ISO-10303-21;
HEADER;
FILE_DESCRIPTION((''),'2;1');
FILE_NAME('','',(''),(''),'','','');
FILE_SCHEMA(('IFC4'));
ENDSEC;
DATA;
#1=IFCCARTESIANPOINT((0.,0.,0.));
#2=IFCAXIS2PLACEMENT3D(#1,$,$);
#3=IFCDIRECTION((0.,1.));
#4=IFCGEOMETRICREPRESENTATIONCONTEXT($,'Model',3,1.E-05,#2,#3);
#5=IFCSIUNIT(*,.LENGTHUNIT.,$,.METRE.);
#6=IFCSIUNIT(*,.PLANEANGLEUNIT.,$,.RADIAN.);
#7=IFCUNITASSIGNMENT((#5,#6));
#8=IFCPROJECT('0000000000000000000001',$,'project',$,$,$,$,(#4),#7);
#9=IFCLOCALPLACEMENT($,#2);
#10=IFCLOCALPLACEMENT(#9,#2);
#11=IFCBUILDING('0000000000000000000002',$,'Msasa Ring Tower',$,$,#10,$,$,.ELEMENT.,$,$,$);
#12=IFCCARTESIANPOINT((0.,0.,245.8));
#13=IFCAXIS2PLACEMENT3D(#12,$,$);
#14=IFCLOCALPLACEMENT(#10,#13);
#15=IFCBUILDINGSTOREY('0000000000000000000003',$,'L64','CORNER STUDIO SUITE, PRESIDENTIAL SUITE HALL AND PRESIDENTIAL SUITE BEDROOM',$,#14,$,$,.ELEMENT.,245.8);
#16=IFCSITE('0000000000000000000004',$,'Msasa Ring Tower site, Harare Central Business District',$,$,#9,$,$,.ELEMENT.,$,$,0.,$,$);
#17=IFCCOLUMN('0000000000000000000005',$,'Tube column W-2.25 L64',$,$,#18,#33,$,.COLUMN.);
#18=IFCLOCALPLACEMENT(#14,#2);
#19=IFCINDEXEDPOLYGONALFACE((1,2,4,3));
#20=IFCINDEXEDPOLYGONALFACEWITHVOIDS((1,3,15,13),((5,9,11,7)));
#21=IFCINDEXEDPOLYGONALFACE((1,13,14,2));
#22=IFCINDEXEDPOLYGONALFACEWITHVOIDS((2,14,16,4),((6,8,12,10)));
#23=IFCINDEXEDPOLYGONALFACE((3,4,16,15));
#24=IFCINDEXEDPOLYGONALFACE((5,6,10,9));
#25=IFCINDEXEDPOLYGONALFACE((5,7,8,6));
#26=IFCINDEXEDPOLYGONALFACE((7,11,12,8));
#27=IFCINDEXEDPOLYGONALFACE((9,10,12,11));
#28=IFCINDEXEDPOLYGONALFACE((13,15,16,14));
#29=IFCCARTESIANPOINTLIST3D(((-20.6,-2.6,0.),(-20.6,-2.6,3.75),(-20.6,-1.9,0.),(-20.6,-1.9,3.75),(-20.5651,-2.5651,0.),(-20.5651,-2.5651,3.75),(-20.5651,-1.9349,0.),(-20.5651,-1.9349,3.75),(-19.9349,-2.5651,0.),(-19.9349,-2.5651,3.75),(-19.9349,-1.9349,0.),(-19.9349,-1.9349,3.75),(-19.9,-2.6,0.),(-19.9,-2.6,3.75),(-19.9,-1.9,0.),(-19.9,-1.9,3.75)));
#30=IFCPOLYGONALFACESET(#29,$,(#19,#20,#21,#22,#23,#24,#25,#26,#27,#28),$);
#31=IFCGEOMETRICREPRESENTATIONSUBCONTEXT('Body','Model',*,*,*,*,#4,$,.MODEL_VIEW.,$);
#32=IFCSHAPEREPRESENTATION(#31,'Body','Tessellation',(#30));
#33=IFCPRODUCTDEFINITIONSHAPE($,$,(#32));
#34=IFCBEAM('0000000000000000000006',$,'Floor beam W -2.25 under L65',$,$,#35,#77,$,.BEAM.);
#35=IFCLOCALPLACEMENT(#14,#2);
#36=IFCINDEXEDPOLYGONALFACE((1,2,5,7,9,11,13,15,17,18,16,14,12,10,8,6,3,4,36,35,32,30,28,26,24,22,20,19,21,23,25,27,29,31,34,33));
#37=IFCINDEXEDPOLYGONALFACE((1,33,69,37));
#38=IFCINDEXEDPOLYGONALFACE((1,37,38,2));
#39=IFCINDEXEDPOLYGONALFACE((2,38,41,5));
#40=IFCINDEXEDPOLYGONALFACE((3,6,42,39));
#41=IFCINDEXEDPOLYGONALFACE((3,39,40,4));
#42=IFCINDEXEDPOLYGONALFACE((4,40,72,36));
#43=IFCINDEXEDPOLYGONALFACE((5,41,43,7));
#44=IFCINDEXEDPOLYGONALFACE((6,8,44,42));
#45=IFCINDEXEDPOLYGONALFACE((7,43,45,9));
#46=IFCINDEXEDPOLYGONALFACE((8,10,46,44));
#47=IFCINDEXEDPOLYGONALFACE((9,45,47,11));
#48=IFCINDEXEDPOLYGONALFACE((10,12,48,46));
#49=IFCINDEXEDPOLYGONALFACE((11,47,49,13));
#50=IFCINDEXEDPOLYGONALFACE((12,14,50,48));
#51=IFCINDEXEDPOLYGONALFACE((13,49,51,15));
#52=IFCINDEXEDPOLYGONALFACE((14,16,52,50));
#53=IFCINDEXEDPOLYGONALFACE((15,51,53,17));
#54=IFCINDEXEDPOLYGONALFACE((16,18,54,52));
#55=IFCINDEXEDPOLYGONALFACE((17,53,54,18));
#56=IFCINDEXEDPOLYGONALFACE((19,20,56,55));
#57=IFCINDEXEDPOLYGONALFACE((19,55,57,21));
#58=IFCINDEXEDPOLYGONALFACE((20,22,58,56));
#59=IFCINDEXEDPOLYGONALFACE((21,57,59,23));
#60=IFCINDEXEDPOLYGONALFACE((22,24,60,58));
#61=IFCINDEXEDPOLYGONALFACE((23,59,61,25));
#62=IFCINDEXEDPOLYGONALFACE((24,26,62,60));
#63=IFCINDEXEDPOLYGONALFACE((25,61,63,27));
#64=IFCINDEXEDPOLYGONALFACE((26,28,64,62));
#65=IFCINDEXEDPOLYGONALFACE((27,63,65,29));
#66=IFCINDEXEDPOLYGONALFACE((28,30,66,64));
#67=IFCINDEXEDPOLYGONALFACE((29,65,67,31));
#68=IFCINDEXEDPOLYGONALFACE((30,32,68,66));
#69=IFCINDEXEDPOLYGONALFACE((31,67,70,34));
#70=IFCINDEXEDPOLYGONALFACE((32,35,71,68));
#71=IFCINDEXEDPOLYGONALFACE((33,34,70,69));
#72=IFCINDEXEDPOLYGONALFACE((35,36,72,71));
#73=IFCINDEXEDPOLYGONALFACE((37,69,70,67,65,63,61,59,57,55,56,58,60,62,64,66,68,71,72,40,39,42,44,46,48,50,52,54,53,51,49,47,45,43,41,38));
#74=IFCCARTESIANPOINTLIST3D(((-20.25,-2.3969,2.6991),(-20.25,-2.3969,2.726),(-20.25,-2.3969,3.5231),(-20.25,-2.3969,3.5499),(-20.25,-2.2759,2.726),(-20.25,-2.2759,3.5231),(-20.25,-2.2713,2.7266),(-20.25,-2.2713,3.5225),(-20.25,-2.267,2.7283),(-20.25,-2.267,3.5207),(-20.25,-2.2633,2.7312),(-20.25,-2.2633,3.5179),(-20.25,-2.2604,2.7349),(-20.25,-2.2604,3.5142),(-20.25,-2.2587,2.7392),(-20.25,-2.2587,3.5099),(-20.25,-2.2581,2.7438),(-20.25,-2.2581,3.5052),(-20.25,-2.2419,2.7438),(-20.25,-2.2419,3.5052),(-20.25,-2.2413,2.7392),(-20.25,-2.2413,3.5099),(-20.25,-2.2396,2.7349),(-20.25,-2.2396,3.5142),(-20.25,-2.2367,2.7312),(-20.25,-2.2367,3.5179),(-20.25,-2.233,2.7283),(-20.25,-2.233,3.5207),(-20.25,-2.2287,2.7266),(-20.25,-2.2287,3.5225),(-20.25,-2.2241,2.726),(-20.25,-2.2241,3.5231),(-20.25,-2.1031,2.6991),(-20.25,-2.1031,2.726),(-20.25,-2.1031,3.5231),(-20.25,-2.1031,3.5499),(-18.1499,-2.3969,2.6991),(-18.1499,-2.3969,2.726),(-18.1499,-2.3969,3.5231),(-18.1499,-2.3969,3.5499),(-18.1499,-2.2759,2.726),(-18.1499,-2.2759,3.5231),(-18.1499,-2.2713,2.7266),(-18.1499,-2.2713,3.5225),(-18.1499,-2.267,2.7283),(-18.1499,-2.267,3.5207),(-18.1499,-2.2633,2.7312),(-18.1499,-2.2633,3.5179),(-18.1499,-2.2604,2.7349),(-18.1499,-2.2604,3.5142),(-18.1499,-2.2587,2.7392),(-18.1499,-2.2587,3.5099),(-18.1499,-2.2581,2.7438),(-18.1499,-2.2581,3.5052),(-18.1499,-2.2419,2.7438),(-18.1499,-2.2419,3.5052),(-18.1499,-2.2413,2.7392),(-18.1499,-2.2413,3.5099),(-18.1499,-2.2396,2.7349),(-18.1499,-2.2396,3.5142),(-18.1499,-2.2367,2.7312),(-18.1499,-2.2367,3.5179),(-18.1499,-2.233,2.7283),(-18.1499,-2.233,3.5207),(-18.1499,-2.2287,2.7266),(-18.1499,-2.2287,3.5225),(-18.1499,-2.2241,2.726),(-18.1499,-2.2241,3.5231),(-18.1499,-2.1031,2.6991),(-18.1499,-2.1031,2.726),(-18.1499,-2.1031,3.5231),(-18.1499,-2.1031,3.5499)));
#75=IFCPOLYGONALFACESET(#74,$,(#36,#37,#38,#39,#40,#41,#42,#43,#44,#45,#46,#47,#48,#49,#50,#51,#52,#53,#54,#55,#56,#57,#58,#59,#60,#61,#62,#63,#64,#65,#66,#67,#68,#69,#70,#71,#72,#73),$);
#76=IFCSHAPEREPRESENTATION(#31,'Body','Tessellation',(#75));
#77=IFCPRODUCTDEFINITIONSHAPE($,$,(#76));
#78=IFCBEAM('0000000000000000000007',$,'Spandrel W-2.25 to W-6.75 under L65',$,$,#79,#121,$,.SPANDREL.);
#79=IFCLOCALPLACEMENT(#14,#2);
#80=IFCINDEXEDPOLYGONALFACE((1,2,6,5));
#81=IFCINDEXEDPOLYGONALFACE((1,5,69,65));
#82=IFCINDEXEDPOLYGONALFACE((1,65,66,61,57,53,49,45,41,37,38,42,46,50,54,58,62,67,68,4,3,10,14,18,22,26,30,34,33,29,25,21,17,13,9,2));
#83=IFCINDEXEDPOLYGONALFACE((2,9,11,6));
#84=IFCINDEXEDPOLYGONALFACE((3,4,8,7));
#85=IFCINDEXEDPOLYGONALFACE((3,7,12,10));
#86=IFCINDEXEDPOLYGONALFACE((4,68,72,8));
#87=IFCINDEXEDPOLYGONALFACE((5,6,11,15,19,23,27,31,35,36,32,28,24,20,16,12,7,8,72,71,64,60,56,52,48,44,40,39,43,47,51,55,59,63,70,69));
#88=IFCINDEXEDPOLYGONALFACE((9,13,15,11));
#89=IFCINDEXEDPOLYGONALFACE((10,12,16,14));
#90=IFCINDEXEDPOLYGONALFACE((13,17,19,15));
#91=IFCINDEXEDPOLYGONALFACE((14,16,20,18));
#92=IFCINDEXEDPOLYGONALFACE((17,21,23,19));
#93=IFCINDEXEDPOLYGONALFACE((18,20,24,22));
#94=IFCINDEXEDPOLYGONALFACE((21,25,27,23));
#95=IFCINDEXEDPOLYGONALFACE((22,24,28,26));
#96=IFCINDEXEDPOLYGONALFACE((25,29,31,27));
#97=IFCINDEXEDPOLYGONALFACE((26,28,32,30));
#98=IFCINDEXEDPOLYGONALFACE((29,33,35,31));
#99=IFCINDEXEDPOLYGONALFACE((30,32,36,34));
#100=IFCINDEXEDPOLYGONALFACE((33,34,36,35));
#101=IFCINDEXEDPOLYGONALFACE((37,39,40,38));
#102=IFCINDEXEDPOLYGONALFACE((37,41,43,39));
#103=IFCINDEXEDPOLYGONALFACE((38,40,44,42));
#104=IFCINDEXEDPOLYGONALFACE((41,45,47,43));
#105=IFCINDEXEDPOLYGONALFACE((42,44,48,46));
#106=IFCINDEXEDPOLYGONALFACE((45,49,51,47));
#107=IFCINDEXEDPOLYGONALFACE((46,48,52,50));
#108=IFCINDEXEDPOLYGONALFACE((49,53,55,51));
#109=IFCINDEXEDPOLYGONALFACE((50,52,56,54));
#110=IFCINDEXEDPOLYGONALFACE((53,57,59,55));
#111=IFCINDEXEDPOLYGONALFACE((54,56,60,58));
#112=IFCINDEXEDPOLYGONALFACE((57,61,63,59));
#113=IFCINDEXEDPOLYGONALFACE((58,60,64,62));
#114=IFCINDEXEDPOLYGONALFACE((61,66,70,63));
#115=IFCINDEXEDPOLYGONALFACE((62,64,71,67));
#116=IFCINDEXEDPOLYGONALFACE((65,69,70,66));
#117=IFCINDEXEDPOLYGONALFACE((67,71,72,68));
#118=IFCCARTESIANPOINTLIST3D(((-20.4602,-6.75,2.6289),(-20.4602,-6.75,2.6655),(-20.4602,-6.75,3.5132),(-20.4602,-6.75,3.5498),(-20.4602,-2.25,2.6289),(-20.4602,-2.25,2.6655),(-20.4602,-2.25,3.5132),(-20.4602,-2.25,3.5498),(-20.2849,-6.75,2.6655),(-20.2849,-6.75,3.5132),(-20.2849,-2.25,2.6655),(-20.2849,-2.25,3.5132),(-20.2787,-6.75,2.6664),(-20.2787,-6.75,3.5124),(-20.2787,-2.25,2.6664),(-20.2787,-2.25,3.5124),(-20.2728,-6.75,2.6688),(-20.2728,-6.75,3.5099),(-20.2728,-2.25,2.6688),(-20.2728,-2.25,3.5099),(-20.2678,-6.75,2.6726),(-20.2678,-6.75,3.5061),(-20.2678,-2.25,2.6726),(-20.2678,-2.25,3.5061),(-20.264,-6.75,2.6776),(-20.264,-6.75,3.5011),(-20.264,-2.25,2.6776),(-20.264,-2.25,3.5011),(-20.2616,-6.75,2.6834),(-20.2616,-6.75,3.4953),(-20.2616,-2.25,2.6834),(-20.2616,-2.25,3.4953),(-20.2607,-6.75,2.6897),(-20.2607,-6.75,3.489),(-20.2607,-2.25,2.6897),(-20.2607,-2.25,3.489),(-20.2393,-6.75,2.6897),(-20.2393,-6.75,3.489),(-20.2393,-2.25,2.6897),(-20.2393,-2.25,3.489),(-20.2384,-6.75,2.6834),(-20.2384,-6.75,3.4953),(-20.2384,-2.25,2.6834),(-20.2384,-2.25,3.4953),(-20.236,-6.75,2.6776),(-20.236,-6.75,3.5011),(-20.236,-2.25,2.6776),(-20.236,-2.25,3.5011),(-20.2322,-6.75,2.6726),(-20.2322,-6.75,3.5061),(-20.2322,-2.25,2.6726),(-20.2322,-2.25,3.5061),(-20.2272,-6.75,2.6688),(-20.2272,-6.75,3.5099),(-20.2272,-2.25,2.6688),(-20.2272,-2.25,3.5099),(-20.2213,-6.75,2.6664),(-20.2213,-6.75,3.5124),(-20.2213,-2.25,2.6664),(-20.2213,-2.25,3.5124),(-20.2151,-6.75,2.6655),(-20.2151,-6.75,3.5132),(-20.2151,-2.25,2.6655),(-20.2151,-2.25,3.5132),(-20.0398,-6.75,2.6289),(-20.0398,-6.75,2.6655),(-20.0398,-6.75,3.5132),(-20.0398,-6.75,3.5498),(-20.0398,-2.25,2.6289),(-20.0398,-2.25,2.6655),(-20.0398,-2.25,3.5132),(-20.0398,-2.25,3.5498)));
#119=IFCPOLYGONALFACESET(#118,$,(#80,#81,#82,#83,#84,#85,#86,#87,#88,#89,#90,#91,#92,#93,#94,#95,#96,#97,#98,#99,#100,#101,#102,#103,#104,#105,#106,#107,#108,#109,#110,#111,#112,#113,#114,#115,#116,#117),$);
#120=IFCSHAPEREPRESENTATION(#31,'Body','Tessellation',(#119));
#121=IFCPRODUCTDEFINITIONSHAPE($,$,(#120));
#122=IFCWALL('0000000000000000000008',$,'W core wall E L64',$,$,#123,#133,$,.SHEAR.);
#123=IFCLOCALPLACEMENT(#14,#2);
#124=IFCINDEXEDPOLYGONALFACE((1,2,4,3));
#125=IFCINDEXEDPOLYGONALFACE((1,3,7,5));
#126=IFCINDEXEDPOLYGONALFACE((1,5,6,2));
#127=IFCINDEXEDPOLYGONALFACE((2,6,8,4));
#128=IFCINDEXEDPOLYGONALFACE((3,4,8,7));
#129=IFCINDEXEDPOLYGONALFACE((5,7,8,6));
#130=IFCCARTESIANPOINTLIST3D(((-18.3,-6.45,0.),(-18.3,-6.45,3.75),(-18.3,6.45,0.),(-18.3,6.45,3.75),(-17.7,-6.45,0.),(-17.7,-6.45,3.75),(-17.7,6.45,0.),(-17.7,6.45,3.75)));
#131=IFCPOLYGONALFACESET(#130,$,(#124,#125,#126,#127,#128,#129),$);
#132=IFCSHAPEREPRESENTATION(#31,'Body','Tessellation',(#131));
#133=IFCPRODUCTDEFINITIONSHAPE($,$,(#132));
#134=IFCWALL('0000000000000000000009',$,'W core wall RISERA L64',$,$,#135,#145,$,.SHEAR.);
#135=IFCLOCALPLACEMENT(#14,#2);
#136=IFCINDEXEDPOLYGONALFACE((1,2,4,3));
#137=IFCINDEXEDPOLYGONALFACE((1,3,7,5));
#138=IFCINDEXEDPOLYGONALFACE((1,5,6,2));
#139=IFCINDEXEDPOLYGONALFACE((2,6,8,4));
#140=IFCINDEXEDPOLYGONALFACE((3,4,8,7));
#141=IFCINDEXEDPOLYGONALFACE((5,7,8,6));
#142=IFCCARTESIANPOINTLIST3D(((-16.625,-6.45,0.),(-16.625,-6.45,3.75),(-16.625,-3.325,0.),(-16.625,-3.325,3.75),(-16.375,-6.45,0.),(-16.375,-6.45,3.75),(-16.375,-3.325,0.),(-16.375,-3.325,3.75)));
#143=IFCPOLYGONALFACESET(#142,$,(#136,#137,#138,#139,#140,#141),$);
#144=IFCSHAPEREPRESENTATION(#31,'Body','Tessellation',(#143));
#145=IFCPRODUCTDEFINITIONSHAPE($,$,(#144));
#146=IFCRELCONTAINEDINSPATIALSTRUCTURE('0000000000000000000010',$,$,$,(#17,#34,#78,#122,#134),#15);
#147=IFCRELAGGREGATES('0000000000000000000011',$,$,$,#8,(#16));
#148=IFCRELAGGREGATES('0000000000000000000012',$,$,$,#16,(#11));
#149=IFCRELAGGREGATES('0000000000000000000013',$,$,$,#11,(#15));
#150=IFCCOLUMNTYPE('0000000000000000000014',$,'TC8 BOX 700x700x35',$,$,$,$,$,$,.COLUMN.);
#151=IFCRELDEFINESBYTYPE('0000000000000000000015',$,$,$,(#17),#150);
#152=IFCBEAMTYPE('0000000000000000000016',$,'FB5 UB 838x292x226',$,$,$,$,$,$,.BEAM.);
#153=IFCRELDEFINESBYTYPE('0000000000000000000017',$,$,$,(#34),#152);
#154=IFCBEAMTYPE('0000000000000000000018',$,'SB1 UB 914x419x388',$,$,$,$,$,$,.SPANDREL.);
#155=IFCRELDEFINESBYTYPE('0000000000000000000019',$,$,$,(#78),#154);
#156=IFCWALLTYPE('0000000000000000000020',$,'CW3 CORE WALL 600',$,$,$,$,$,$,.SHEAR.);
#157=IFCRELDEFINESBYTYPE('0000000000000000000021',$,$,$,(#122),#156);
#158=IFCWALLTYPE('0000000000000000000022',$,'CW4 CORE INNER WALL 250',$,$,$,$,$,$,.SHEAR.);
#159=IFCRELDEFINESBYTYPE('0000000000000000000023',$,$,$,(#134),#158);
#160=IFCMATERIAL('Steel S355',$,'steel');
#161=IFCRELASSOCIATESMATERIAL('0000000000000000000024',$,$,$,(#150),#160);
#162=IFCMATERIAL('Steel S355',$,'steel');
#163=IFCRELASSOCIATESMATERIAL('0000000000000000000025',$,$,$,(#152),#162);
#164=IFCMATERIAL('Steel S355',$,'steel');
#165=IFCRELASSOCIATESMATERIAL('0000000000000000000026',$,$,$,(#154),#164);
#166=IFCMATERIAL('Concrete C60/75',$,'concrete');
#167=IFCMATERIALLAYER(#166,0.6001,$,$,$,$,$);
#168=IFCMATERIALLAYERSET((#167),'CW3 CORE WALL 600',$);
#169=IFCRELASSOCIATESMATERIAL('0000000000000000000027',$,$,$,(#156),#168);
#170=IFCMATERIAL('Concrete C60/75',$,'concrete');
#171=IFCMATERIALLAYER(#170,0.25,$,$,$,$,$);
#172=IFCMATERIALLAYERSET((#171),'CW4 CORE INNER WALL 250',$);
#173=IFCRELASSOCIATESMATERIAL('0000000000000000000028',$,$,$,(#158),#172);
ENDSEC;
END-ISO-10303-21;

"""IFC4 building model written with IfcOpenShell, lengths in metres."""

from ifc_helpers import new_model, si_unit, direction, frame, frame_2d, origin, origin_2d, place, context, subcontext, project, spatial, rectangle, hollow_rectangle, i_section, extrude, material, layer, layer_set, material_profile, profile_set, type_object, element, save


model = new_model("IFC4")

# Units and contexts
model_context = context("Model", 3, precision=1e-05, world=origin(), true_north=direction((0.0, 1.0)))
body_context = subcontext(model_context, "Body", "Model", "MODEL_VIEW")
ifc_project = project(units=[si_unit("LENGTHUNIT", "METRE"), si_unit("PLANEANGLEUNIT", "RADIAN")], contexts=[model_context])

# Site, building, storey
site_placement = place(None, origin())
site = spatial("IfcSite", under=ifc_project, at=site_placement, Name="Msasa Ring Tower site, Harare Central Business District", CompositionType="ELEMENT", RefElevation=0.0)
building_placement = place(site_placement, origin())
building = spatial("IfcBuilding", under=site, at=building_placement, Name="Msasa Ring Tower", CompositionType="ELEMENT")
storey_placement = place(building_placement, frame((0.0, 0.0, 245.8)))
storey = spatial("IfcBuildingStorey", under=building, at=storey_placement, Name="L64", Description="CORNER STUDIO SUITE, PRESIDENTIAL SUITE HALL AND PRESIDENTIAL SUITE BEDROOM", CompositionType="ELEMENT", Elevation=245.8)

# Column
ifc_material_1 = material(Name="Steel S355", Category="steel")
ifc_material_profile_1 = material_profile(ifc_material_1, hollow_rectangle(XDim=0.7, YDim=0.7, WallThickness=0.0349, at=origin_2d()), Name="BOX 700x700x35")
ifc_profile_set_1 = profile_set([ifc_material_profile_1], Name="Steel S355")
column_type = type_object("IfcColumnType", Name="TC8 BOX 700x700x35", PredefinedType="COLUMN", material=ifc_profile_set_1)
column_placement = place(storey_placement, frame((-20.25, -2.25, 0.0), z_axis=(0.0, 0.0, 1.0), x_axis=(1.0, 0.0, 0.0)))
element("IfcColumn", 1, at=column_placement, inside=storey, type_object=column_type, Name="Tube column W-2.25 L64", PredefinedType="COLUMN", context=body_context, shape_type="SweptSolid", body=[
    extrude(hollow_rectangle(XDim=0.7, YDim=0.7, WallThickness=0.0349, at=origin_2d()), origin(), (0.0, 0.0, 1.0), 3.75),
])

# Beams
ifc_material_2 = material(Name="Steel S355", Category="steel")
ifc_material_profile_2 = material_profile(ifc_material_2, i_section(OverallWidth=0.2937, OverallDepth=0.8508, WebThickness=0.0161, FlangeThickness=0.0269, FilletRadius=0.0178, at=origin_2d()), Name="UB 838x292x226")
ifc_profile_set_2 = profile_set([ifc_material_profile_2], Name="Steel S355")
beam_type_1 = type_object("IfcBeamType", Name="FB5 UB 838x292x226", PredefinedType="BEAM", material=ifc_profile_set_2)
beam_1_placement = place(storey_placement, frame((-20.25, -2.25, 3.1245), z_axis=(1.0, 0.0, 0.0), x_axis=(0.0, 1.0, 0.0)))
element("IfcBeam", 2, at=beam_1_placement, inside=storey, type_object=beam_type_1, Name="Floor beam W -2.25 under L65", PredefinedType="BEAM", context=body_context, shape_type="SweptSolid", body=[
    extrude(i_section(OverallWidth=0.2937, OverallDepth=0.8508, WebThickness=0.0161, FlangeThickness=0.0269, FilletRadius=0.0178, at=origin_2d()), origin(), (0.0, 0.0, 1.0), 2.1001),
])
ifc_material_3 = material(Name="Steel S355", Category="steel")
ifc_material_profile_3 = material_profile(ifc_material_3, i_section(OverallWidth=0.4204, OverallDepth=0.9209, WebThickness=0.0215, FlangeThickness=0.0366, FilletRadius=0.0242, at=origin_2d()), Name="UB 914x419x388")
ifc_profile_set_3 = profile_set([ifc_material_profile_3], Name="Steel S355")
beam_type_2 = type_object("IfcBeamType", Name="SB1 UB 914x419x388", PredefinedType="SPANDREL", material=ifc_profile_set_3)
beam_2_placement = place(storey_placement, frame((-20.25, -2.25, 3.0894), z_axis=(0.0, -1.0, 0.0), x_axis=(1.0, 0.0, 0.0)))
element("IfcBeam", 3, at=beam_2_placement, inside=storey, type_object=beam_type_2, Name="Spandrel W-2.25 to W-6.75 under L65", PredefinedType="SPANDREL", context=body_context, shape_type="SweptSolid", body=[
    extrude(i_section(OverallWidth=0.4204, OverallDepth=0.9209, WebThickness=0.0215, FlangeThickness=0.0366, FilletRadius=0.0242, at=origin_2d()), origin(), (0.0, 0.0, 1.0), 4.5),
])

# Walls
ifc_material_4 = material(Name="Concrete C60/75", Category="concrete")
ifc_layer_1 = layer(ifc_material_4, 0.6001)
ifc_layer_set_1 = layer_set([ifc_layer_1], Name="CW3 CORE WALL 600")
wall_type_1 = type_object("IfcWallType", Name="CW3 CORE WALL 600", PredefinedType="SHEAR", material=ifc_layer_set_1)
wall_1_placement = place(storey_placement, frame((-18.0, -6.45, 0.0), z_axis=(0.0, 0.0, 1.0), x_axis=(0.0, 1.0, 0.0)))
element("IfcWall", 4, at=wall_1_placement, inside=storey, type_object=wall_type_1, Name="W core wall E L64", PredefinedType="SHEAR", context=body_context, shape_type="SweptSolid", body=[
    extrude(rectangle(XDim=12.8999, YDim=0.6001, at=frame_2d((6.45, 0.0))), origin(), (0.0, 0.0, 1.0), 3.75),
])
ifc_material_5 = material(Name="Concrete C60/75", Category="concrete")
ifc_layer_2 = layer(ifc_material_5, 0.25)
ifc_layer_set_2 = layer_set([ifc_layer_2], Name="CW4 CORE INNER WALL 250")
wall_type_2 = type_object("IfcWallType", Name="CW4 CORE INNER WALL 250", PredefinedType="SHEAR", material=ifc_layer_set_2)
wall_2_placement = place(storey_placement, frame((-16.5, -6.45, 0.0), z_axis=(0.0, 0.0, 1.0), x_axis=(0.0, 1.0, 0.0)))
element("IfcWall", 5, at=wall_2_placement, inside=storey, type_object=wall_type_2, Name="W core wall RISERA L64", PredefinedType="SHEAR", context=body_context, shape_type="SweptSolid", body=[
    extrude(rectangle(XDim=3.125, YDim=0.25, at=frame_2d((1.5625, 0.0))), origin(), (0.0, 0.0, 1.0), 3.75),
])

save(model, "model.ifc")
